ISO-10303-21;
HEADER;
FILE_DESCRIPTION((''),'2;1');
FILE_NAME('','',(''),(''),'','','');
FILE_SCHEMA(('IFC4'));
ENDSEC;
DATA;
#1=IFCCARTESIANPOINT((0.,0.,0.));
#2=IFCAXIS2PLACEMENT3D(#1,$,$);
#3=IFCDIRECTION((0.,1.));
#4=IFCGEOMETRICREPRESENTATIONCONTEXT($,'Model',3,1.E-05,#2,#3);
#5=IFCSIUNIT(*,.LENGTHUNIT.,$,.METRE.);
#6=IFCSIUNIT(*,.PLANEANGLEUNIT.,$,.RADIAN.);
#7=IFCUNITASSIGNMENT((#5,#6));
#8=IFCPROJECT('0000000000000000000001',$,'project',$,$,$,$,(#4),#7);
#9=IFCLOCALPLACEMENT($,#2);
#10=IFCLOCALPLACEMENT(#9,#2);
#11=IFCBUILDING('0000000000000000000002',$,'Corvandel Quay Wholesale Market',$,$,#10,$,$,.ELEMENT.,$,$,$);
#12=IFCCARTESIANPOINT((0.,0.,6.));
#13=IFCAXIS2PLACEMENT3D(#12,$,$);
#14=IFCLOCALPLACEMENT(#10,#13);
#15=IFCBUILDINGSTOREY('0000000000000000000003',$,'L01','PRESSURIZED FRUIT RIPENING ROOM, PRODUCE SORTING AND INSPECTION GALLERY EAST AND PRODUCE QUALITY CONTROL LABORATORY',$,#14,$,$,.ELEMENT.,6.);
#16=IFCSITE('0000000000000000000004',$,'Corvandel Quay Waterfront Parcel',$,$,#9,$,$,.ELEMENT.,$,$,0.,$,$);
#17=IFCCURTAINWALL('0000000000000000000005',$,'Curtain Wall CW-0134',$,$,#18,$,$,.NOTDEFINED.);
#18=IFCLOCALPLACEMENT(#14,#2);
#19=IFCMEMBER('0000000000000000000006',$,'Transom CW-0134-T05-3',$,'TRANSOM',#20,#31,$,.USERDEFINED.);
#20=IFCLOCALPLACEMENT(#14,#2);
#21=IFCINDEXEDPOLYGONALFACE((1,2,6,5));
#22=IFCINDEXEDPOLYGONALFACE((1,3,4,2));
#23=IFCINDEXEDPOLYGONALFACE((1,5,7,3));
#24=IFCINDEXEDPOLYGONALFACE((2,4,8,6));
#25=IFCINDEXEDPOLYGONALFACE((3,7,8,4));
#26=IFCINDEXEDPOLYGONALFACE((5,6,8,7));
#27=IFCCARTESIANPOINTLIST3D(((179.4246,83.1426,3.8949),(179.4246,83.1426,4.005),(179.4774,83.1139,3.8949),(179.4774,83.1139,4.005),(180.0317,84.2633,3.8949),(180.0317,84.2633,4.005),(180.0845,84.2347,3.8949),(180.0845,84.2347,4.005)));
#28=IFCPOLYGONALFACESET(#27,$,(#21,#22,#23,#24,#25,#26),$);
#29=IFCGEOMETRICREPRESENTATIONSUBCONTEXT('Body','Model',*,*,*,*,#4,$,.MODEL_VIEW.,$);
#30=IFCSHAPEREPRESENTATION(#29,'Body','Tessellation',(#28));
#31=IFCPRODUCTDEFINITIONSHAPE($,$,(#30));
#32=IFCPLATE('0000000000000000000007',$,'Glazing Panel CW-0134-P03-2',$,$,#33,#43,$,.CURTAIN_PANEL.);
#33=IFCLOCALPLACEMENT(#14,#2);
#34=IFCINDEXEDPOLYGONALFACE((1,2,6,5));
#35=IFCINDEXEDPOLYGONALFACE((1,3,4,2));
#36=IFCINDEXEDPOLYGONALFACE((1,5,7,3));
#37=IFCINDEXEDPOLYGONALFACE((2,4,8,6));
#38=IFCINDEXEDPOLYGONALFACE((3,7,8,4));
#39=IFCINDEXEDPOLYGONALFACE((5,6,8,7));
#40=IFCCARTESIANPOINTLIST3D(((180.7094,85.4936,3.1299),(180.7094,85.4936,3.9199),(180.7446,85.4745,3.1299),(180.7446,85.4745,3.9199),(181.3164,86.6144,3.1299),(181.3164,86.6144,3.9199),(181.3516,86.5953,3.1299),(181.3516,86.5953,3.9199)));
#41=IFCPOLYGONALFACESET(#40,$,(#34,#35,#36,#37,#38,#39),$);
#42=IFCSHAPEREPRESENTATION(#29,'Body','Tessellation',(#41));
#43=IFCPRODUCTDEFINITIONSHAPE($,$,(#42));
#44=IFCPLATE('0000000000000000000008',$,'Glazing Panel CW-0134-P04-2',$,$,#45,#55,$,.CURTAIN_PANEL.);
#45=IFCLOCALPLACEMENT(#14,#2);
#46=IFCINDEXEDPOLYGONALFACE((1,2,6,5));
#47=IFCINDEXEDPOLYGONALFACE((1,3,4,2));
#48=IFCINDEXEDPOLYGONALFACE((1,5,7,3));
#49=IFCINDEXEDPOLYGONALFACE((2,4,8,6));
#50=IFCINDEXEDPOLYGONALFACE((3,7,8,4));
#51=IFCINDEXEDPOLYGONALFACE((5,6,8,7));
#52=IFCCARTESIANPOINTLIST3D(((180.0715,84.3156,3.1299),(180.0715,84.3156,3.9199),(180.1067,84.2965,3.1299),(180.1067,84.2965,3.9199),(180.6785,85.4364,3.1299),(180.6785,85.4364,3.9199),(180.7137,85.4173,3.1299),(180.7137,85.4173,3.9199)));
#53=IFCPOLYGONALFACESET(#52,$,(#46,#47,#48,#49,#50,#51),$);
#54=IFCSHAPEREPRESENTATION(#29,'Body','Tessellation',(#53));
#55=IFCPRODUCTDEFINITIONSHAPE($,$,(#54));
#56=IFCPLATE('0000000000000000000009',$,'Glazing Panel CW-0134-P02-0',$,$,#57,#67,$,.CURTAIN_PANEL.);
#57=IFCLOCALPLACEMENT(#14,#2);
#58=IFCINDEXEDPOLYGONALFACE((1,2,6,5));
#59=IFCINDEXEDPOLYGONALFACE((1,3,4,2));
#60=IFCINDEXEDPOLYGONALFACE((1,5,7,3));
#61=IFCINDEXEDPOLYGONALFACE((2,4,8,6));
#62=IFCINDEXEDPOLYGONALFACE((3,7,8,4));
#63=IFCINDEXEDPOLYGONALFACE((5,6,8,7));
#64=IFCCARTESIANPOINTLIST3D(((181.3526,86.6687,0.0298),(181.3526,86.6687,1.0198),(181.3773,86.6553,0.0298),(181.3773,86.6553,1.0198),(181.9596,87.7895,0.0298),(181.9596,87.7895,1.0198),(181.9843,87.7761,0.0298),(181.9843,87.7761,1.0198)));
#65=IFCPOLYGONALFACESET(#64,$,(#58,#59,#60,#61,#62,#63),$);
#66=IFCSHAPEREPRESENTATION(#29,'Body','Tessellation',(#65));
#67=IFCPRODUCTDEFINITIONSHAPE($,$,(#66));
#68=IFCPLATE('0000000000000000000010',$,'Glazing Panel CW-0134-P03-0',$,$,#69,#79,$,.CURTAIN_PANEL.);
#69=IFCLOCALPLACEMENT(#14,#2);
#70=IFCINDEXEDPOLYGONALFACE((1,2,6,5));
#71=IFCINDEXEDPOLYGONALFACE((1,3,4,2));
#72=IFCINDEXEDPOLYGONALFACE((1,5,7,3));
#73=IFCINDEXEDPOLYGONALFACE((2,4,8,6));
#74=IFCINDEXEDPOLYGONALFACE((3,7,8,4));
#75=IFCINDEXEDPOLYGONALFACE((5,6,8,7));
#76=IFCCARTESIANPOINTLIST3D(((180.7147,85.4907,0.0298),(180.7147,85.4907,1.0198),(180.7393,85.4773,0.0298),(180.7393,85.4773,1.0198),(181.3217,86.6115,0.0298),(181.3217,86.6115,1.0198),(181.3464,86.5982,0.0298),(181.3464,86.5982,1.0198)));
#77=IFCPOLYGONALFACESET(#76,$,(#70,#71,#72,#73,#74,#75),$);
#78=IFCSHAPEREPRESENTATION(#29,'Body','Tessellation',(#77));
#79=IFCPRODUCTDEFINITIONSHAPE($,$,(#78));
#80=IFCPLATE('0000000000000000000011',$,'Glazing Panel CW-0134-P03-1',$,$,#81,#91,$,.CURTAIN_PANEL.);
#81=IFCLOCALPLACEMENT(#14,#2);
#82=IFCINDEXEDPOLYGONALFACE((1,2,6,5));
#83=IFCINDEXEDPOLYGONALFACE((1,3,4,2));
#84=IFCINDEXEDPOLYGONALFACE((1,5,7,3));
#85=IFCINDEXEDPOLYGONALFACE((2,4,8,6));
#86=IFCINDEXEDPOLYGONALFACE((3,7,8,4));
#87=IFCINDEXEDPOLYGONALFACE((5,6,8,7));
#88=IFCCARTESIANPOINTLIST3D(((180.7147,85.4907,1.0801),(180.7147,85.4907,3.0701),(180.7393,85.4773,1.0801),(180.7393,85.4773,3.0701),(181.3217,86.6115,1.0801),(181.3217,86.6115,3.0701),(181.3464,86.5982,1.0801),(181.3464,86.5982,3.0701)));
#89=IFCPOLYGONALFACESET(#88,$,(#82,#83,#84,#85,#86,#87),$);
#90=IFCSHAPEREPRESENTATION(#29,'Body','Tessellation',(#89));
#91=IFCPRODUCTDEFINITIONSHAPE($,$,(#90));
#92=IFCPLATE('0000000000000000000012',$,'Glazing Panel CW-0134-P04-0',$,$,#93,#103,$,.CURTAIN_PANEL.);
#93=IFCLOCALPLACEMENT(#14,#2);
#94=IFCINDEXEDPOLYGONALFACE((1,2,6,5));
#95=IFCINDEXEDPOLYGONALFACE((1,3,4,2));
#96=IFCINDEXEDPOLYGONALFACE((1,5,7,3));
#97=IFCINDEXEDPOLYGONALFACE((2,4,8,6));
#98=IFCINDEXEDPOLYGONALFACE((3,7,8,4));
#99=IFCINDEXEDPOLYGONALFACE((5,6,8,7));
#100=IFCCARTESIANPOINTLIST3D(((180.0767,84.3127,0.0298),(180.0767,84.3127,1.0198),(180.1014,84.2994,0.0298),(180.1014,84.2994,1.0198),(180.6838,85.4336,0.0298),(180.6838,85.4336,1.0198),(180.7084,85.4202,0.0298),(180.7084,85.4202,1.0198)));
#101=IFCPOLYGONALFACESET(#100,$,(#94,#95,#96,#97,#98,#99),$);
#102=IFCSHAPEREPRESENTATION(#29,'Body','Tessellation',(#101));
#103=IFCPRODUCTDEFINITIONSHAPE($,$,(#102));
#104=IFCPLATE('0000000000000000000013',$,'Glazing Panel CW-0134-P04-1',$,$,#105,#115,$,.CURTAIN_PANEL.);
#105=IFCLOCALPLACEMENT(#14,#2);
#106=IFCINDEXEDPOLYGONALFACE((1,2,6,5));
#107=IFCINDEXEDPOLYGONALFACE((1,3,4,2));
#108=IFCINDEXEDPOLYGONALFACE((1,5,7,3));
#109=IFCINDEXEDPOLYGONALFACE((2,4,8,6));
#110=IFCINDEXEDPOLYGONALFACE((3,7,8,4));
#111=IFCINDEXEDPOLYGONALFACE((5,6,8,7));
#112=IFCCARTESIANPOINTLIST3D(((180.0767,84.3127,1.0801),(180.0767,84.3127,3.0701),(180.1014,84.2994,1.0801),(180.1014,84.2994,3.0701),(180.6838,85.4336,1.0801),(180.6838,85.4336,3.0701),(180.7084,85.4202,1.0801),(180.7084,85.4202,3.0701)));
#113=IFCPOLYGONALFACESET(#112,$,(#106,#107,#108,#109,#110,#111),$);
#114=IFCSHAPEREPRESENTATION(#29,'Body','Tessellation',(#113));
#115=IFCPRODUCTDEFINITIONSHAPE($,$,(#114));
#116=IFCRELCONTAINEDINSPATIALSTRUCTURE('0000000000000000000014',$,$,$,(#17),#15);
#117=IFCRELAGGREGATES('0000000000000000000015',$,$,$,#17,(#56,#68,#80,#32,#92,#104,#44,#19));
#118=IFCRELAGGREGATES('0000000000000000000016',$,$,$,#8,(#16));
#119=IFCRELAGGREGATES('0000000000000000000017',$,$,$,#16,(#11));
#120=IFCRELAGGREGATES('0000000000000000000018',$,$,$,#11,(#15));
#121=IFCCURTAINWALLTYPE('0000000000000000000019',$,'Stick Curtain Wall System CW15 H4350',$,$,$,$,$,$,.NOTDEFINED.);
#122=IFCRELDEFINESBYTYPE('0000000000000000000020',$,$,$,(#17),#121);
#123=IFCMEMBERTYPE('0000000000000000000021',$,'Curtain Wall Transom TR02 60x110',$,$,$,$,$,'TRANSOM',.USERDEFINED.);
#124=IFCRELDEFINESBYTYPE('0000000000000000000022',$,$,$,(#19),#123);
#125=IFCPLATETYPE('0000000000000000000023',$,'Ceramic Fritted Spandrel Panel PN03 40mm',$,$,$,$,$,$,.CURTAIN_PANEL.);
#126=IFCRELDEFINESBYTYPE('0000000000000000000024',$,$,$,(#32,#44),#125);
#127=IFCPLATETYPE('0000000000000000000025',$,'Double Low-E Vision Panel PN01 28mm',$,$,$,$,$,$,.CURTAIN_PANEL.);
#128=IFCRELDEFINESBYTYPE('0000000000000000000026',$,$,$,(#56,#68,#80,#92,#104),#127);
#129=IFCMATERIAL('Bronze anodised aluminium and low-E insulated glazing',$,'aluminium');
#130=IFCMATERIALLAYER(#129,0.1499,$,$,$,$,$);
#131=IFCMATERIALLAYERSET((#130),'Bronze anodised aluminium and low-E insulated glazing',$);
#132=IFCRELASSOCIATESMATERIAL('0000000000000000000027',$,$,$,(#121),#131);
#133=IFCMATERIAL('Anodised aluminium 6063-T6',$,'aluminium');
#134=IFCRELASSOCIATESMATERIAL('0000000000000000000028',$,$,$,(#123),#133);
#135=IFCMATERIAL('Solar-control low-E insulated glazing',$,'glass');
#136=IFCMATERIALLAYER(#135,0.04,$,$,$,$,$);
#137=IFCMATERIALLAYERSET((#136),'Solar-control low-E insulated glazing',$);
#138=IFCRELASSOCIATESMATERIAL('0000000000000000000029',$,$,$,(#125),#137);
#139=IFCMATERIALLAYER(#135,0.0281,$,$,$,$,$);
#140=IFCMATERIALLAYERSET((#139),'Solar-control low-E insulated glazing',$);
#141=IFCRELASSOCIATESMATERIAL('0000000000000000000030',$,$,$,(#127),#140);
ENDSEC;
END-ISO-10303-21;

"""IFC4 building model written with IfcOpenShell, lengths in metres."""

from ifc_helpers import new_model, si_unit, direction, frame, origin, origin_2d, place, context, subcontext, project, spatial, rectangle, extrude, material, layer, layer_set, material_profile, profile_set, type_object, element, aggregate, save


model = new_model("IFC4")

# Units and contexts
model_context = context("Model", 3, precision=1e-05, world=origin(), true_north=direction((0.0, 1.0)))
body_context = subcontext(model_context, "Body", "Model", "MODEL_VIEW")
ifc_project = project(units=[si_unit("LENGTHUNIT", "METRE"), si_unit("PLANEANGLEUNIT", "RADIAN")], contexts=[model_context])

# Site, building, storey
site_placement = place(None, origin())
site = spatial("IfcSite", under=ifc_project, at=site_placement, Name="Corvandel Quay Waterfront Parcel", CompositionType="ELEMENT", RefElevation=0.0)
building_placement = place(site_placement, origin())
building = spatial("IfcBuilding", under=site, at=building_placement, Name="Corvandel Quay Wholesale Market", CompositionType="ELEMENT")
storey_placement = place(building_placement, frame((0.0, 0.0, 6.0)))
storey = spatial("IfcBuildingStorey", under=building, at=storey_placement, Name="L01", Description="PRESSURIZED FRUIT RIPENING ROOM, PRODUCE SORTING AND INSPECTION GALLERY EAST AND PRODUCE QUALITY CONTROL LABORATORY", CompositionType="ELEMENT", Elevation=6.0)

# Curtain wall, member, plates
ifc_material_1 = material(Name="Bronze anodised aluminium and low-E insulated glazing", Category="aluminium")
ifc_layer_1 = layer(ifc_material_1, 0.1499)
ifc_layer_set_1 = layer_set([ifc_layer_1], Name="Bronze anodised aluminium and low-E insulated glazing")
curtain_wall_type = type_object("IfcCurtainWallType", Name="Stick Curtain Wall System CW15 H4350", PredefinedType="NOTDEFINED", material=ifc_layer_set_1)
curtain_wall_placement = place(storey_placement, origin())
curtain_wall = element("IfcCurtainWall", 1, at=curtain_wall_placement, inside=storey, type_object=curtain_wall_type, Name="Curtain Wall CW-0134", PredefinedType="NOTDEFINED")
ifc_material_2 = material(Name="Anodised aluminium 6063-T6", Category="aluminium")
ifc_material_profile_1 = material_profile(ifc_material_2, rectangle(XDim=0.0601, YDim=0.1101, at=origin_2d()), Name="ALU-TRN-60x110")
ifc_profile_set_1 = profile_set([ifc_material_profile_1], Name="Anodised aluminium 6063-T6")
member_type_1 = type_object("IfcMemberType", Name="Curtain Wall Transom TR02 60x110", ElementType="TRANSOM", PredefinedType="USERDEFINED", material=ifc_profile_set_1)
member_1_placement = place(storey_placement, frame((180.0581, 84.249, 3.95), z_axis=(-0.476314, -0.879275, 0.0), x_axis=(0.879275, -0.476314, 0.0)))
member_1 = element("IfcMember", 2, at=member_1_placement, type_object=member_type_1, Name="Transom CW-0134-T05-3", ObjectType="TRANSOM", PredefinedType="USERDEFINED", context=body_context, shape_type="SweptSolid", body=[
    extrude(rectangle(XDim=0.0601, YDim=0.1101, at=origin_2d()), origin(), (0.0, 0.0, 1.0), 1.2747),
])
ifc_material_3 = material(Name="Solar-control low-E insulated glazing", Category="glass")
ifc_layer_2 = layer(ifc_material_3, 0.04)
ifc_layer_set_2 = layer_set([ifc_layer_2], Name="Solar-control low-E insulated glazing")
plate_type_1 = type_object("IfcPlateType", Name="Ceramic Fritted Spandrel Panel PN03 40mm", PredefinedType="CURTAIN_PANEL", material=ifc_layer_set_2)
plate_1_placement = place(storey_placement, frame((181.0305, 86.0444, 3.1299), z_axis=(0.0, 0.0, 1.0), x_axis=(0.476238, 0.879316, 0.0)))
plate_1 = element("IfcPlate", 3, at=plate_1_placement, type_object=plate_type_1, Name="Glazing Panel CW-0134-P03-2", PredefinedType="CURTAIN_PANEL", context=body_context, shape_type="SweptSolid", body=[
    extrude(rectangle(XDim=1.2747, YDim=0.04, at=origin_2d()), origin(), (0.0, 0.0, 1.0), 0.79),
])
plate_2_placement = place(storey_placement, frame((180.3926, 84.8665, 3.1299), z_axis=(0.0, 0.0, 1.0), x_axis=(0.476238, 0.879316, 0.0)))
plate_2 = element("IfcPlate", 4, at=plate_2_placement, type_object=plate_type_1, Name="Glazing Panel CW-0134-P04-2", PredefinedType="CURTAIN_PANEL", context=body_context, shape_type="SweptSolid", body=[
    extrude(rectangle(XDim=1.2747, YDim=0.04, at=origin_2d()), origin(), (0.0, 0.0, 1.0), 0.79),
])
ifc_layer_3 = layer(ifc_material_3, 0.0281)
ifc_layer_set_3 = layer_set([ifc_layer_3], Name="Solar-control low-E insulated glazing")
plate_type_2 = type_object("IfcPlateType", Name="Double Low-E Vision Panel PN01 28mm", PredefinedType="CURTAIN_PANEL", material=ifc_layer_set_3)
plate_3_placement = place(storey_placement, frame((181.6685, 87.2224, 0.0298), z_axis=(0.0, 0.0, 1.0), x_axis=(0.476238, 0.879316, 0.0)))
plate_3 = element("IfcPlate", 5, at=plate_3_placement, type_object=plate_type_2, Name="Glazing Panel CW-0134-P02-0", PredefinedType="CURTAIN_PANEL", context=body_context, shape_type="SweptSolid", body=[
    extrude(rectangle(XDim=1.2747, YDim=0.0281, at=origin_2d()), origin(), (0.0, 0.0, 1.0), 0.99),
])
plate_4_placement = place(storey_placement, frame((181.0305, 86.0444, 0.0298), z_axis=(0.0, 0.0, 1.0), x_axis=(0.476238, 0.879316, 0.0)))
plate_4 = element("IfcPlate", 6, at=plate_4_placement, type_object=plate_type_2, Name="Glazing Panel CW-0134-P03-0", PredefinedType="CURTAIN_PANEL", context=body_context, shape_type="SweptSolid", body=[
    extrude(rectangle(XDim=1.2747, YDim=0.0281, at=origin_2d()), origin(), (0.0, 0.0, 1.0), 0.99),
])
plate_5_placement = place(storey_placement, frame((181.0305, 86.0444, 1.0801), z_axis=(0.0, 0.0, 1.0), x_axis=(0.476238, 0.879316, 0.0)))
plate_5 = element("IfcPlate", 7, at=plate_5_placement, type_object=plate_type_2, Name="Glazing Panel CW-0134-P03-1", PredefinedType="CURTAIN_PANEL", context=body_context, shape_type="SweptSolid", body=[
    extrude(rectangle(XDim=1.2747, YDim=0.0281, at=origin_2d()), origin(), (0.0, 0.0, 1.0), 1.99),
])
plate_6_placement = place(storey_placement, frame((180.3926, 84.8665, 0.0298), z_axis=(0.0, 0.0, 1.0), x_axis=(0.476238, 0.879316, 0.0)))
plate_6 = element("IfcPlate", 8, at=plate_6_placement, type_object=plate_type_2, Name="Glazing Panel CW-0134-P04-0", PredefinedType="CURTAIN_PANEL", context=body_context, shape_type="SweptSolid", body=[
    extrude(rectangle(XDim=1.2747, YDim=0.0281, at=origin_2d()), origin(), (0.0, 0.0, 1.0), 0.99),
])
plate_7_placement = place(storey_placement, frame((180.3926, 84.8665, 1.0801), z_axis=(0.0, 0.0, 1.0), x_axis=(0.476238, 0.879316, 0.0)))
plate_7 = element("IfcPlate", 9, at=plate_7_placement, type_object=plate_type_2, Name="Glazing Panel CW-0134-P04-1", PredefinedType="CURTAIN_PANEL", context=body_context, shape_type="SweptSolid", body=[
    extrude(rectangle(XDim=1.2747, YDim=0.0281, at=origin_2d()), origin(), (0.0, 0.0, 1.0), 1.99),
])
aggregate(curtain_wall, [plate_3, plate_4, plate_5, plate_1, plate_6, plate_7, plate_2, member_1])

save(model, "model.ifc")
